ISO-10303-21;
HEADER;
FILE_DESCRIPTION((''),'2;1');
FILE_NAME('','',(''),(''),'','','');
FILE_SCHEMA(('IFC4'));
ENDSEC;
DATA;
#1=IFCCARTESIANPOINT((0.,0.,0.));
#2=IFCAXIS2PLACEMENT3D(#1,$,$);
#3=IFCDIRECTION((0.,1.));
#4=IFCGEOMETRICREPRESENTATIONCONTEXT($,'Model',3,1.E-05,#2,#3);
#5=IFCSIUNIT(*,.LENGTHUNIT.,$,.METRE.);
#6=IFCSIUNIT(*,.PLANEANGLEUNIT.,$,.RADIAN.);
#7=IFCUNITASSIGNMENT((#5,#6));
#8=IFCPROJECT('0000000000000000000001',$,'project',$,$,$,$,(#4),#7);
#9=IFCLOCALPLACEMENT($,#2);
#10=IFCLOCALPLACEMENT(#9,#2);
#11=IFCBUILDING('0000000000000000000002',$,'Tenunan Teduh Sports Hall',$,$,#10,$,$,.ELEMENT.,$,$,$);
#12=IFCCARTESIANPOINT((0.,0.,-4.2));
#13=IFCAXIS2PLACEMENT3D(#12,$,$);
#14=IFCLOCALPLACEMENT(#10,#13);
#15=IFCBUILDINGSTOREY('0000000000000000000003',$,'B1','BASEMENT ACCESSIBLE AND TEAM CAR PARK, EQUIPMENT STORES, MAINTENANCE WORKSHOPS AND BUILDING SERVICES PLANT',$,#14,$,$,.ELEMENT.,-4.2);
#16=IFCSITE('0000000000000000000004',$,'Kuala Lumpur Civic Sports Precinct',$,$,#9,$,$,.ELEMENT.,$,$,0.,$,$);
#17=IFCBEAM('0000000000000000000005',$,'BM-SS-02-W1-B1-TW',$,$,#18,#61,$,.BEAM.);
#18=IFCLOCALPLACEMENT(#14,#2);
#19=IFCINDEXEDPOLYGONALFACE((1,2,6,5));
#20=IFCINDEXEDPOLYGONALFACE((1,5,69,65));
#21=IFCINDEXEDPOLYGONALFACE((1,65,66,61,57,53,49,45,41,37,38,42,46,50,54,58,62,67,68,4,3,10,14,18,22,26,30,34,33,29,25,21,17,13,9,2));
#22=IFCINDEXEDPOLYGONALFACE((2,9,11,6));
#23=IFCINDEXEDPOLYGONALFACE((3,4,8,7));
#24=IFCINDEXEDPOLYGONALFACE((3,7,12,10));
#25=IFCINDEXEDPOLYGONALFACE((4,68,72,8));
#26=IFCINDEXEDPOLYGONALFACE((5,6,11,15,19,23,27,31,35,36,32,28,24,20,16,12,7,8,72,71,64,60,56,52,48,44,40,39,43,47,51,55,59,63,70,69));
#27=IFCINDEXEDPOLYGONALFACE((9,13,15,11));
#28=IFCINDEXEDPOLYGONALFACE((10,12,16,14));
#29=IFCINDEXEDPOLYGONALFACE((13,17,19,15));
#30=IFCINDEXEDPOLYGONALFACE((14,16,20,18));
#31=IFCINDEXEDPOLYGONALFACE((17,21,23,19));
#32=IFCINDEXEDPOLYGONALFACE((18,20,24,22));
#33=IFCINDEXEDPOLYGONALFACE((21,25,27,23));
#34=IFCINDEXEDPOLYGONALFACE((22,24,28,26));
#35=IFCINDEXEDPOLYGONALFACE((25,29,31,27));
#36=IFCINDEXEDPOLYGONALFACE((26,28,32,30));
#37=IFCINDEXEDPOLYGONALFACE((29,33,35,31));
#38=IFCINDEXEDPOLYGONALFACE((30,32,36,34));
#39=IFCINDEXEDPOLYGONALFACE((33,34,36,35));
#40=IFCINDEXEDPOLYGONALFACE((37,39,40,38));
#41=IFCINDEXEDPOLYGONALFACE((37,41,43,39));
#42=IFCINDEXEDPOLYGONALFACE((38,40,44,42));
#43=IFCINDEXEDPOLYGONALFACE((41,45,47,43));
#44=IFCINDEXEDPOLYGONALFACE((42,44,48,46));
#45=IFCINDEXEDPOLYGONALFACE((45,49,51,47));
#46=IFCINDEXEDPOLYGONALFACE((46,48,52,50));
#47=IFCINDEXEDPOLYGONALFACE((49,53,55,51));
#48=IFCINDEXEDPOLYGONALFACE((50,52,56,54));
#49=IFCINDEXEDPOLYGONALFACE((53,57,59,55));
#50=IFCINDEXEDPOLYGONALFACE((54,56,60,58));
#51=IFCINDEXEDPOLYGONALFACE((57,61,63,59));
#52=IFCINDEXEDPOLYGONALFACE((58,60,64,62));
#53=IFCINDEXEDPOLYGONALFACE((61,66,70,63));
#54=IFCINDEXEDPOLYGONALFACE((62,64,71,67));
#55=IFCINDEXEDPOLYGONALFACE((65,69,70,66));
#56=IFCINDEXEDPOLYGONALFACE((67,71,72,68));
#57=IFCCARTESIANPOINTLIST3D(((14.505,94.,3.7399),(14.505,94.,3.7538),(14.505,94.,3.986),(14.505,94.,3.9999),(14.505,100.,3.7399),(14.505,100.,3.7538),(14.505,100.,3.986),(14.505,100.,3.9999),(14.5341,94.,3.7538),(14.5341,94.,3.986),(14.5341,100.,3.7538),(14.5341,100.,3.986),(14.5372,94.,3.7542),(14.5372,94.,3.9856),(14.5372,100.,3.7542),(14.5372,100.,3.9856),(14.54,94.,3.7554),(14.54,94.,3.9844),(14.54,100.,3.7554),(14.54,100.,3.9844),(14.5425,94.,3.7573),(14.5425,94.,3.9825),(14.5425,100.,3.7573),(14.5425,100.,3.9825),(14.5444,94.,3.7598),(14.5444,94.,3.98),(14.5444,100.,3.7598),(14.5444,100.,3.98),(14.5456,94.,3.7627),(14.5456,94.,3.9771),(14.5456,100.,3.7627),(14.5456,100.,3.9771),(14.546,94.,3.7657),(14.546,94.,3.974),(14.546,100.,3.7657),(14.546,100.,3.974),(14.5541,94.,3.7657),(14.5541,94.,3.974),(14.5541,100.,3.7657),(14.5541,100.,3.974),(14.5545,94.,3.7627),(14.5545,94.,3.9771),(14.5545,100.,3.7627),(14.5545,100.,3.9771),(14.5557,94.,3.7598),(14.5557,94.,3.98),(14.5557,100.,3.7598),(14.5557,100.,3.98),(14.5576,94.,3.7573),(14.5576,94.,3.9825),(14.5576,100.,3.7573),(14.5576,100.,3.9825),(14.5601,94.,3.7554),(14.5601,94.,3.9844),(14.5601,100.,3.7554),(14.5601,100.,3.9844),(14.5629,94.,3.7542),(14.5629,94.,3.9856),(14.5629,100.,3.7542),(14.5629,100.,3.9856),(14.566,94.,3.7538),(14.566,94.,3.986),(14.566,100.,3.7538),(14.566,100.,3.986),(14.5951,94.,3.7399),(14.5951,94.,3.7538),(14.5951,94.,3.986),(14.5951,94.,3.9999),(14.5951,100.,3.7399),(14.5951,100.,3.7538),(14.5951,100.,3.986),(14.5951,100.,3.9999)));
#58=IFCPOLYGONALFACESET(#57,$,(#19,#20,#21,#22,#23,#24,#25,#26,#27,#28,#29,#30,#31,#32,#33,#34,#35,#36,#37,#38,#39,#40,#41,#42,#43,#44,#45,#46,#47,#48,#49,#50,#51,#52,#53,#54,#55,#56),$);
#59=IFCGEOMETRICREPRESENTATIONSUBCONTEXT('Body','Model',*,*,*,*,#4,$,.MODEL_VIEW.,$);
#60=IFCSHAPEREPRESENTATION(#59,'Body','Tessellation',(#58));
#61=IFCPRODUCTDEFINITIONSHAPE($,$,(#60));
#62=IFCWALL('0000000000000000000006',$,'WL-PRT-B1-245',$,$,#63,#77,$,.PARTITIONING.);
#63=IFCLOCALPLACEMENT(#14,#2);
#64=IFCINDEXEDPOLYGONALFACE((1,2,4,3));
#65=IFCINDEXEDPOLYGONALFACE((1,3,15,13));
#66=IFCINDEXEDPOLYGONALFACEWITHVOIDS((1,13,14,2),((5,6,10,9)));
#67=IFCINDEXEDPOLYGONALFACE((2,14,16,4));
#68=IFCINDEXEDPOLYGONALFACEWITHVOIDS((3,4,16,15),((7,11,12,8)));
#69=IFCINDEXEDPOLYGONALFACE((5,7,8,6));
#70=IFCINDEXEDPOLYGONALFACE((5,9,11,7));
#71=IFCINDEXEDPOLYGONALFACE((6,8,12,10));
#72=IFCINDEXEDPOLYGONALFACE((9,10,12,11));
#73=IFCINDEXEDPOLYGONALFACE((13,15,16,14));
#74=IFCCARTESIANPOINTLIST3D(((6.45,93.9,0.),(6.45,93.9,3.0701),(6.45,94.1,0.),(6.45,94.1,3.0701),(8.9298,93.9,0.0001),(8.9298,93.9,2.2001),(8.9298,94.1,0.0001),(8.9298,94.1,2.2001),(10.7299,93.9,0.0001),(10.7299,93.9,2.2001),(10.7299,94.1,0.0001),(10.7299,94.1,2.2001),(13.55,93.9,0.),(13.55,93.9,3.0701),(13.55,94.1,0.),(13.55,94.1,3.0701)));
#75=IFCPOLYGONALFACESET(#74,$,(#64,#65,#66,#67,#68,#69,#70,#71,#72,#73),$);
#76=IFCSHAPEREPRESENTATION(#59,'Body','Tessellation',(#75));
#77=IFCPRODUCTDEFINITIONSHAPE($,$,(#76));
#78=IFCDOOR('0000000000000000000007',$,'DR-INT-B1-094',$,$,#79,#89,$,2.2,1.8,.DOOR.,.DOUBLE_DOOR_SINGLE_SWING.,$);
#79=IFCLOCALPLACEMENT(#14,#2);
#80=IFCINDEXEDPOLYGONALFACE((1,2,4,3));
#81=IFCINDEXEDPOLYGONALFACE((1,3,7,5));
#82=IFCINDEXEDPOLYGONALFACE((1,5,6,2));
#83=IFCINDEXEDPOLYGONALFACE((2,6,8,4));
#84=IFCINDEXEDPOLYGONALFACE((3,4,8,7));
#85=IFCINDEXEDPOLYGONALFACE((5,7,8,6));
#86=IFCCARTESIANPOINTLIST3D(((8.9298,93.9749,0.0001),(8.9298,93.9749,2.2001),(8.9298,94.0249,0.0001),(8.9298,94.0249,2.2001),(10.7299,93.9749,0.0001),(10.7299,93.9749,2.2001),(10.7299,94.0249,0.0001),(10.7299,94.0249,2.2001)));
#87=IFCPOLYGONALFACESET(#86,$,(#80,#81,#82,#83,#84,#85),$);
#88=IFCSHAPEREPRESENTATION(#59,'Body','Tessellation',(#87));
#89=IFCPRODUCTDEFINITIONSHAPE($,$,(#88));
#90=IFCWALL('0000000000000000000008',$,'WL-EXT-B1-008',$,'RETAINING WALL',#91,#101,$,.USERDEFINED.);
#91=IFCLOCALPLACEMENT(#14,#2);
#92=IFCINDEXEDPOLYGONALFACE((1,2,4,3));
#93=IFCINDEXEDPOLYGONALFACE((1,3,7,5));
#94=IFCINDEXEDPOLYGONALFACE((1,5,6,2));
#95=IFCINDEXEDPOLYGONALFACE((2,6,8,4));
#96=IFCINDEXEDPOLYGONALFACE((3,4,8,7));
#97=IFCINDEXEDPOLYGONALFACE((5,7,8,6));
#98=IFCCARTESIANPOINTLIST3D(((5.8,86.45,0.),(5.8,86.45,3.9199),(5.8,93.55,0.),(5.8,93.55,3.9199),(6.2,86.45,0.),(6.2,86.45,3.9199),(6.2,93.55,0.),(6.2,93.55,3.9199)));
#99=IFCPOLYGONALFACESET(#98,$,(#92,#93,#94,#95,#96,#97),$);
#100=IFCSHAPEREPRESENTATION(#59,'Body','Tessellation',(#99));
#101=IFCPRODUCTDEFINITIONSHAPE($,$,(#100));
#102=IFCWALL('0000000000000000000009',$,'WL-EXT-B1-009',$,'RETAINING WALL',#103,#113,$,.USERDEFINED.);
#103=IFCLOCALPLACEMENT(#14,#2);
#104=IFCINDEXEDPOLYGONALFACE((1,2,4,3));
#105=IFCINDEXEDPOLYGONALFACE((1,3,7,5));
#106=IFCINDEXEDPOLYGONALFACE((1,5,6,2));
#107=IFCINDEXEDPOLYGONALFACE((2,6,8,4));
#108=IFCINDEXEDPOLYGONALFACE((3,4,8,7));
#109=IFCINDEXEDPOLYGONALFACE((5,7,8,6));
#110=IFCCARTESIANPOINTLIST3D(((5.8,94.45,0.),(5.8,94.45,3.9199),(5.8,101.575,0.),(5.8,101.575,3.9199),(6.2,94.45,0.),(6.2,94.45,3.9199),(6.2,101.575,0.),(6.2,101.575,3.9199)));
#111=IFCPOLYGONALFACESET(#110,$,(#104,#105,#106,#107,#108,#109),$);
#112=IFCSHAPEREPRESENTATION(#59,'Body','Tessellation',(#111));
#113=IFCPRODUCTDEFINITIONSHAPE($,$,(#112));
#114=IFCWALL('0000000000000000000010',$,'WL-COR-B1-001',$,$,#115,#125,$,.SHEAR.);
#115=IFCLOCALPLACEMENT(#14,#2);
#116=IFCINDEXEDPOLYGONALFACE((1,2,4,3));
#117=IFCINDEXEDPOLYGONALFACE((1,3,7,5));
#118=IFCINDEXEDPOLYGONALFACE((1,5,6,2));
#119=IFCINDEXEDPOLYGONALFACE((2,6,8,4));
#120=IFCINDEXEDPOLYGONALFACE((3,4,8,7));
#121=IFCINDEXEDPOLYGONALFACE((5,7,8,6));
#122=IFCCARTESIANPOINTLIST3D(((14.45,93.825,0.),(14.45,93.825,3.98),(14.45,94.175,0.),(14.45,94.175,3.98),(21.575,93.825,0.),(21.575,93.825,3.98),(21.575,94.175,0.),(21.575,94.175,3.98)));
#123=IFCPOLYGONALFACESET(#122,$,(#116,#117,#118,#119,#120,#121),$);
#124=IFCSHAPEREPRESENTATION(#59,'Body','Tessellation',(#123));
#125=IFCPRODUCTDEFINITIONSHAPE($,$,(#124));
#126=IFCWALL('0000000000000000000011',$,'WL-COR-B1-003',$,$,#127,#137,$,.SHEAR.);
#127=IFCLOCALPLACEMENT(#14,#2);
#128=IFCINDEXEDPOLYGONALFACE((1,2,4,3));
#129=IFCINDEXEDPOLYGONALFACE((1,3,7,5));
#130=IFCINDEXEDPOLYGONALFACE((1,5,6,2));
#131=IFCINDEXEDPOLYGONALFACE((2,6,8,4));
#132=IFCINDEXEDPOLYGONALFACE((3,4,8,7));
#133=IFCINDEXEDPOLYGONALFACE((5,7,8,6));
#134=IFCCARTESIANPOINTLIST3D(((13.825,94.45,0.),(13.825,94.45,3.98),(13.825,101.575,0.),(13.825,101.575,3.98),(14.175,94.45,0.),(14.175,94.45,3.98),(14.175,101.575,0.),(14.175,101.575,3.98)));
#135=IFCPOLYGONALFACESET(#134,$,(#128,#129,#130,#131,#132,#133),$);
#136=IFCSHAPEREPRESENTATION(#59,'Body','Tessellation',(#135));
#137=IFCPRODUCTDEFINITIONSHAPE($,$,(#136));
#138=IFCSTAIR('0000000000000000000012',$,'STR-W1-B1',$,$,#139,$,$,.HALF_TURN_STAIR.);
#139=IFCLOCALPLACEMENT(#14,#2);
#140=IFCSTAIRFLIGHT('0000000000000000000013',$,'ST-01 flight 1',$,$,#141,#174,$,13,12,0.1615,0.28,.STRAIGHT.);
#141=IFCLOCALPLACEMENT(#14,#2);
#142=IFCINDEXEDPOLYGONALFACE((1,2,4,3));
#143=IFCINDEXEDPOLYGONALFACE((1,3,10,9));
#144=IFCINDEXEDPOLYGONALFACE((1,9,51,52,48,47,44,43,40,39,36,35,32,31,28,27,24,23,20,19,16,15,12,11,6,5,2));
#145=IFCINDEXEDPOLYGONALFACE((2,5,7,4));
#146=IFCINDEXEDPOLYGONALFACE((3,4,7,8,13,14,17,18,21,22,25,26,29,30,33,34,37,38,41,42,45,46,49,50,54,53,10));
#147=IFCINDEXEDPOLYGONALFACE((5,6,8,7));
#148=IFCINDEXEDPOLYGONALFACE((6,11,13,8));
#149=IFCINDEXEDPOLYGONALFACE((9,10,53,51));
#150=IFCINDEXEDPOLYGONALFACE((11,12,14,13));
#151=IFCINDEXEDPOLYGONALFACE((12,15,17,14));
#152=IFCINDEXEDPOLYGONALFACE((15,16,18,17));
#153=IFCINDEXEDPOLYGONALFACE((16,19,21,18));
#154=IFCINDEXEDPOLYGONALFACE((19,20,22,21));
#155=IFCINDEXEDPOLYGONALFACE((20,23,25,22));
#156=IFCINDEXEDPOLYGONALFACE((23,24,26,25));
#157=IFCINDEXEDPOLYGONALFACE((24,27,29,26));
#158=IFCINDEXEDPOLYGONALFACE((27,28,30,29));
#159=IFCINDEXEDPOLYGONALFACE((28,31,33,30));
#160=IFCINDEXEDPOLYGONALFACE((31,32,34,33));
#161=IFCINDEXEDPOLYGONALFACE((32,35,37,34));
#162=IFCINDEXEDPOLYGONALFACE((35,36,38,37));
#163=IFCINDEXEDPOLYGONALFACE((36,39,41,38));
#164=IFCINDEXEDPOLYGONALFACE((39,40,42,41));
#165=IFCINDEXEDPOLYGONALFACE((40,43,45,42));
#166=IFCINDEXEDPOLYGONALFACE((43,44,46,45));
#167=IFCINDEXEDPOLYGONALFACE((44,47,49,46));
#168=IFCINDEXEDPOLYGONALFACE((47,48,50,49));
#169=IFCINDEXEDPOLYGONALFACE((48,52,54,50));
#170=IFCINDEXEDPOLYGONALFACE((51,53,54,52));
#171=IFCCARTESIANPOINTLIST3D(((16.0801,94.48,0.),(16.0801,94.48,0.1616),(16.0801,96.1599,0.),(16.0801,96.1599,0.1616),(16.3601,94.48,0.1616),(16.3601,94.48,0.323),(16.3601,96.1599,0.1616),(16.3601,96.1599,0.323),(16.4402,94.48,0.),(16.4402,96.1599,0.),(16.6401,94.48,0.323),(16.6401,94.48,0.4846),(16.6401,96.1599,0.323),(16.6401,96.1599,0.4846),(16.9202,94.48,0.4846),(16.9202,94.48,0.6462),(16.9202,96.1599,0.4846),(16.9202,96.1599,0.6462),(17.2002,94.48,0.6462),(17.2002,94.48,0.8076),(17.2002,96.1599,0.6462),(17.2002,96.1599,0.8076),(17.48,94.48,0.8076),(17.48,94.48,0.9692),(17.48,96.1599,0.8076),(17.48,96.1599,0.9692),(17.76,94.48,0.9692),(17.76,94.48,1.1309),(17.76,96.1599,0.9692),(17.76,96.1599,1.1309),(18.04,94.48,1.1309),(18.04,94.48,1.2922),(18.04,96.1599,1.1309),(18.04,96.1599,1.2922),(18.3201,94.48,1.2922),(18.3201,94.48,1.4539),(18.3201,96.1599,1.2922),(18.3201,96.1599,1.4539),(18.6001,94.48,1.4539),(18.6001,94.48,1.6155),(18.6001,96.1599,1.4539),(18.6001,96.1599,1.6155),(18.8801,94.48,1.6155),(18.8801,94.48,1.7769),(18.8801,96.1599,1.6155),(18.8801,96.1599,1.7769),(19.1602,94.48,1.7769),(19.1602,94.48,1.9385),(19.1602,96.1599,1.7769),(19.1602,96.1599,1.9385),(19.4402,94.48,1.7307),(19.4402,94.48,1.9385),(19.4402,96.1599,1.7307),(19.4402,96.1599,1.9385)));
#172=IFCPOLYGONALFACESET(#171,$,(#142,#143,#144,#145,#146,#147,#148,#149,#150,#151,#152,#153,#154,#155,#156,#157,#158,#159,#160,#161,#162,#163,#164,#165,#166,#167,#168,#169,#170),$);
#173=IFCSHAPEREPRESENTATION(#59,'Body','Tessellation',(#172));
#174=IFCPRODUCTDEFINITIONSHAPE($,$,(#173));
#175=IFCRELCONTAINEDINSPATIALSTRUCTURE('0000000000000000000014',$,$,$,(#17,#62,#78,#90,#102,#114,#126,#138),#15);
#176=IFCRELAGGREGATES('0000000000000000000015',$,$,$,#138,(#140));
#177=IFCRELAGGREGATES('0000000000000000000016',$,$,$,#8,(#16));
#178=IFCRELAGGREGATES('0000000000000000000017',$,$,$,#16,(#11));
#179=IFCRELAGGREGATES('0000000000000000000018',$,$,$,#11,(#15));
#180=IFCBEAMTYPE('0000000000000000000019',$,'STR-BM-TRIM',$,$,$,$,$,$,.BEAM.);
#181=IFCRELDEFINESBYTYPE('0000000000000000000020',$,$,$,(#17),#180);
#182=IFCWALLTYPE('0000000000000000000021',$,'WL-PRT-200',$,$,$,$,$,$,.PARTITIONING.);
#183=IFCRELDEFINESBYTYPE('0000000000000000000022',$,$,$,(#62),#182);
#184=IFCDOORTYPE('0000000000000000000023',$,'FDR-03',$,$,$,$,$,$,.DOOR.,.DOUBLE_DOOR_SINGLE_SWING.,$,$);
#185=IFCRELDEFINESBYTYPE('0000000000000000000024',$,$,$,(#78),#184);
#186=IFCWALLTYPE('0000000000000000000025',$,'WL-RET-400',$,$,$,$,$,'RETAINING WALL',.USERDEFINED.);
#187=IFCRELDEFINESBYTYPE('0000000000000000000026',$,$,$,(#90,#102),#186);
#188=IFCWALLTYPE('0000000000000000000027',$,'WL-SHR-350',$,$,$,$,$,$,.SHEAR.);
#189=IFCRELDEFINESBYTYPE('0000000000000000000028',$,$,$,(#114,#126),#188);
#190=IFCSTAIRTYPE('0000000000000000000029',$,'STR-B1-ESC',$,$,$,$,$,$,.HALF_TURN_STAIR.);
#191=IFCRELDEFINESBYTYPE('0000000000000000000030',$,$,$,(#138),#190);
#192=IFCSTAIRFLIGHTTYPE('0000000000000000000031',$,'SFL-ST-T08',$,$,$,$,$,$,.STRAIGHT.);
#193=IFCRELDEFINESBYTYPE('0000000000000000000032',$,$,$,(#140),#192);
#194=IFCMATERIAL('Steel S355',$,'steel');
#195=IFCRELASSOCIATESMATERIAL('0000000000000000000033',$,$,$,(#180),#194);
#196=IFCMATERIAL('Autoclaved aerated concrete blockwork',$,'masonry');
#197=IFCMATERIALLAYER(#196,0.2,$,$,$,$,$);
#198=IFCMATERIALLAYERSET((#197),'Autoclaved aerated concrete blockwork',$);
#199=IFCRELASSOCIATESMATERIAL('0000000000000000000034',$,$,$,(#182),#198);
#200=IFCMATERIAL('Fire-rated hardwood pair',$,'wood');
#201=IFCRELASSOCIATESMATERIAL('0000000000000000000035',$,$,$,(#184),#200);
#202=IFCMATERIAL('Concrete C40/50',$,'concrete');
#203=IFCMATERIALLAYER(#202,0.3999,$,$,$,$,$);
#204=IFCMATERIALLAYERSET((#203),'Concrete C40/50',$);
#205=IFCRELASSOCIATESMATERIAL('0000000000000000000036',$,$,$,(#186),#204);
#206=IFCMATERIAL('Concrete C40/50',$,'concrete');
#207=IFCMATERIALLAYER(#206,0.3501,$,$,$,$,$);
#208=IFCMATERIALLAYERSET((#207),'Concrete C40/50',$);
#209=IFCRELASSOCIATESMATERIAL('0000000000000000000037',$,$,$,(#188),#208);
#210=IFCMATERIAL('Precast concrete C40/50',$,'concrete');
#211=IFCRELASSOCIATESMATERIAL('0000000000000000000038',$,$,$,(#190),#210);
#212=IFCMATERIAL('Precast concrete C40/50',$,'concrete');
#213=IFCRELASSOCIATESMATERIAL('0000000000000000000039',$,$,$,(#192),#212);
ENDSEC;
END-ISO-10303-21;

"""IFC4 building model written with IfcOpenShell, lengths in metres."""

from ifc_helpers import new_model, si_unit, direction, frame, frame_2d, origin, origin_2d, place, context, subcontext, project, spatial, polyline, rectangle, i_section, outline, extrude, material, layer, layer_set, material_profile, profile_set, type_object, element, fill, aggregate, save


model = new_model("IFC4")

# Units and contexts
model_context = context("Model", 3, precision=1e-05, world=origin(), true_north=direction((0.0, 1.0)))
body_context = subcontext(model_context, "Body", "Model", "MODEL_VIEW")
ifc_project = project(units=[si_unit("LENGTHUNIT", "METRE"), si_unit("PLANEANGLEUNIT", "RADIAN")], contexts=[model_context])

# Site, building, storey
site_placement = place(None, origin())
site = spatial("IfcSite", under=ifc_project, at=site_placement, Name="Kuala Lumpur Civic Sports Precinct", CompositionType="ELEMENT", RefElevation=0.0)
building_placement = place(site_placement, origin())
building = spatial("IfcBuilding", under=site, at=building_placement, Name="Tenunan Teduh Sports Hall", CompositionType="ELEMENT")
storey_placement = place(building_placement, frame((0.0, 0.0, -4.2)))
storey = spatial("IfcBuildingStorey", under=building, at=storey_placement, Name="B1", Description="BASEMENT ACCESSIBLE AND TEAM CAR PARK, EQUIPMENT STORES, MAINTENANCE WORKSHOPS AND BUILDING SERVICES PLANT", CompositionType="ELEMENT", Elevation=-4.2)

# Beam
ifc_material_1 = material(Name="Steel S355", Category="steel")
ifc_material_profile_1 = material_profile(ifc_material_1, i_section(OverallWidth=0.0901, OverallDepth=0.26, WebThickness=0.0081, FlangeThickness=0.0139, FilletRadius=0.012, at=origin_2d()), Name="PFC 260x90")
ifc_profile_set_1 = profile_set([ifc_material_profile_1], Name="Steel S355")
beam_type = type_object("IfcBeamType", Name="STR-BM-TRIM", PredefinedType="BEAM", material=ifc_profile_set_1)
for number, where, z_axis, x_axis, name in (
    (1, (14.55, 94.0, 3.8699), (0.0, 1.0, 0.0), (-1.0, 0.0, 0.0), "BM-SS-02-W1-B1-TW"),
):
    element("IfcBeam", number, at=place(storey_placement, frame(where, z_axis=z_axis, x_axis=x_axis)), inside=storey, type_object=beam_type, Name=name, PredefinedType="BEAM", context=body_context, shape_type="SweptSolid", body=[
        extrude(i_section(OverallWidth=0.0901, OverallDepth=0.26, WebThickness=0.0081, FlangeThickness=0.0139, FilletRadius=0.012, at=origin_2d()), origin(), (0.0, 0.0, 1.0), 6.0),
    ])

# Wall, opening, door
ifc_material_2 = material(Name="Autoclaved aerated concrete blockwork", Category="masonry")
ifc_layer_1 = layer(ifc_material_2, 0.2)
ifc_layer_set_1 = layer_set([ifc_layer_1], Name="Autoclaved aerated concrete blockwork")
wall_type_1 = type_object("IfcWallType", Name="WL-PRT-200", PredefinedType="PARTITIONING", material=ifc_layer_set_1)
wall_1_placement = place(storey_placement, frame((6.45, 94.0, 0.0), z_axis=(0.0, 0.0, 1.0), x_axis=(1.0, 0.0, 0.0)))
wall_1 = element("IfcWall", 2, at=wall_1_placement, inside=storey, type_object=wall_type_1, Name="WL-PRT-B1-245", PredefinedType="PARTITIONING", context=body_context, shape_type="SweptSolid", body=[
    extrude(rectangle(XDim=7.1001, YDim=0.2, at=frame_2d((3.55, 0.0))), origin(), (0.0, 0.0, 1.0), 3.0701),
])
opening_placement = place(wall_1_placement, frame((2.48, 0.0, 0.0)))
opening = element("IfcOpeningElement", 3, at=opening_placement, cuts=wall_1, PredefinedType="OPENING", context=body_context, shape_type="SweptSolid", body=[
    extrude(rectangle(XDim=1.8, YDim=2.2, at=frame_2d((0.8999, 1.1001))), frame((0.0, 0.1099, 0.0), z_axis=(0.0, -1.0, 0.0), x_axis=(1.0, 0.0, 0.0)), (0.0, 0.0, 1.0), 0.22),
])
ifc_material_3 = material(Name="Fire-rated hardwood pair", Category="wood")
door_type = type_object("IfcDoorType", Name="FDR-03", OperationType="DOUBLE_DOOR_SINGLE_SWING", PredefinedType="DOOR", material=ifc_material_3)
door_placement = place(opening_placement, origin())
door = element("IfcDoor", 4, at=door_placement, inside=storey, type_object=door_type, Name="DR-INT-B1-094", OperationType="DOUBLE_DOOR_SINGLE_SWING", OverallHeight=2.2, OverallWidth=1.8, PredefinedType="DOOR", context=body_context, shape_type="SweptSolid", body=[
    extrude(rectangle(XDim=1.8, YDim=2.2, at=frame_2d((0.8999, 1.1001))), frame((0.0, 0.0249, 0.0), z_axis=(0.0, -1.0, 0.0), x_axis=(1.0, 0.0, 0.0)), (0.0, 0.0, 1.0), 0.05),
])
fill(opening, door)

# Walls
ifc_material_4 = material(Name="Concrete C40/50", Category="concrete")
ifc_layer_2 = layer(ifc_material_4, 0.3999)
ifc_layer_set_2 = layer_set([ifc_layer_2], Name="Concrete C40/50")
wall_type_2 = type_object("IfcWallType", Name="WL-RET-400", ElementType="RETAINING WALL", PredefinedType="USERDEFINED", material=ifc_layer_set_2)
wall_2_placement = place(storey_placement, frame((6.0, 86.45, 0.0), z_axis=(0.0, 0.0, 1.0), x_axis=(0.0, 1.0, 0.0)))
element("IfcWall", 5, at=wall_2_placement, inside=storey, type_object=wall_type_2, Name="WL-EXT-B1-008", ObjectType="RETAINING WALL", PredefinedType="USERDEFINED", context=body_context, shape_type="SweptSolid", body=[
    extrude(rectangle(XDim=7.1001, YDim=0.3999, at=frame_2d((3.55, 0.0))), origin(), (0.0, 0.0, 1.0), 3.9199),
])
wall_3_placement = place(storey_placement, frame((6.0, 94.45, 0.0), z_axis=(0.0, 0.0, 1.0), x_axis=(0.0, 1.0, 0.0)))
element("IfcWall", 6, at=wall_3_placement, inside=storey, type_object=wall_type_2, Name="WL-EXT-B1-009", ObjectType="RETAINING WALL", PredefinedType="USERDEFINED", context=body_context, shape_type="SweptSolid", body=[
    extrude(rectangle(XDim=7.125, YDim=0.3999, at=frame_2d((3.5625, 0.0))), origin(), (0.0, 0.0, 1.0), 3.9199),
])
ifc_material_5 = material(Name="Concrete C40/50", Category="concrete")
ifc_layer_3 = layer(ifc_material_5, 0.3501)
ifc_layer_set_3 = layer_set([ifc_layer_3], Name="Concrete C40/50")
wall_type_3 = type_object("IfcWallType", Name="WL-SHR-350", PredefinedType="SHEAR", material=ifc_layer_set_3)
for number, where, z_axis, x_axis, name in (
    (7, (14.45, 94.0, 0.0), (0.0, 0.0, 1.0), (1.0, 0.0, 0.0), "WL-COR-B1-001"),
    (8, (14.0, 94.45, 0.0), (0.0, 0.0, 1.0), (0.0, 1.0, 0.0), "WL-COR-B1-003"),
):
    element("IfcWall", number, at=place(storey_placement, frame(where, z_axis=z_axis, x_axis=x_axis)), inside=storey, type_object=wall_type_3, Name=name, PredefinedType="SHEAR", context=body_context, shape_type="SweptSolid", body=[
        extrude(rectangle(XDim=7.125, YDim=0.3501, at=frame_2d((3.5625, 0.0))), origin(), (0.0, 0.0, 1.0), 3.98),
    ])

# Stair, stair flight
ifc_material_6 = material(Name="Precast concrete C40/50", Category="concrete")
stair_type = type_object("IfcStairType", Name="STR-B1-ESC", PredefinedType="HALF_TURN_STAIR", material=ifc_material_6)
stair_placement = place(storey_placement, origin())
stair = element("IfcStair", 9, at=stair_placement, inside=storey, type_object=stair_type, Name="STR-W1-B1", PredefinedType="HALF_TURN_STAIR")
ifc_material_7 = material(Name="Precast concrete C40/50", Category="concrete")
stair_flight_type = type_object("IfcStairFlightType", Name="SFL-ST-T08", PredefinedType="STRAIGHT", material=ifc_material_7)
stair_flight_placement = place(storey_placement, frame((16.0801, 95.3201, 0.0), z_axis=(0.0, 0.0, 1.0), x_axis=(1.0, 0.0, 0.0)))
stair_flight = element("IfcStairFlight", 10, at=stair_flight_placement, type_object=stair_flight_type, Name="ST-01 flight 1", NumberOfRisers=13, NumberOfTreads=12, PredefinedType="STRAIGHT", RiserHeight=0.1615, TreadLength=0.28, context=body_context, shape_type="SweptSolid", body=[
    extrude(outline(polyline([(0.0, 0.0), (0.0, 0.1616), (0.28, 0.1616), (0.28, 0.323), (0.5601, 0.323), (0.5601, 0.4846), (0.8401, 0.4846), (0.8401, 0.6462), (1.1201, 0.6462), (1.1201, 0.8076), (1.3999, 0.8076), (1.3999, 0.9692), (1.6799, 0.9692), (1.6799, 1.1309), (1.96, 1.1309), (1.96, 1.2922), (2.24, 1.2922), (2.24, 1.4539), (2.52, 1.4539), (2.52, 1.6155), (2.8, 1.6155), (2.8, 1.7769), (3.0801, 1.7769), (3.0801, 1.9385), (3.3601, 1.9385), (3.3601, 2.1001), (3.3601, 1.7307), (0.3601, 0.0), (0.0, 0.0)])), frame((0.0, 0.8398, 0.0), z_axis=(0.0, -1.0, 0.0), x_axis=(1.0, 0.0, 0.0)), (0.0, 0.0, 1.0), 1.6799),
])
aggregate(stair, [stair_flight])

save(model, "model.ifc")
